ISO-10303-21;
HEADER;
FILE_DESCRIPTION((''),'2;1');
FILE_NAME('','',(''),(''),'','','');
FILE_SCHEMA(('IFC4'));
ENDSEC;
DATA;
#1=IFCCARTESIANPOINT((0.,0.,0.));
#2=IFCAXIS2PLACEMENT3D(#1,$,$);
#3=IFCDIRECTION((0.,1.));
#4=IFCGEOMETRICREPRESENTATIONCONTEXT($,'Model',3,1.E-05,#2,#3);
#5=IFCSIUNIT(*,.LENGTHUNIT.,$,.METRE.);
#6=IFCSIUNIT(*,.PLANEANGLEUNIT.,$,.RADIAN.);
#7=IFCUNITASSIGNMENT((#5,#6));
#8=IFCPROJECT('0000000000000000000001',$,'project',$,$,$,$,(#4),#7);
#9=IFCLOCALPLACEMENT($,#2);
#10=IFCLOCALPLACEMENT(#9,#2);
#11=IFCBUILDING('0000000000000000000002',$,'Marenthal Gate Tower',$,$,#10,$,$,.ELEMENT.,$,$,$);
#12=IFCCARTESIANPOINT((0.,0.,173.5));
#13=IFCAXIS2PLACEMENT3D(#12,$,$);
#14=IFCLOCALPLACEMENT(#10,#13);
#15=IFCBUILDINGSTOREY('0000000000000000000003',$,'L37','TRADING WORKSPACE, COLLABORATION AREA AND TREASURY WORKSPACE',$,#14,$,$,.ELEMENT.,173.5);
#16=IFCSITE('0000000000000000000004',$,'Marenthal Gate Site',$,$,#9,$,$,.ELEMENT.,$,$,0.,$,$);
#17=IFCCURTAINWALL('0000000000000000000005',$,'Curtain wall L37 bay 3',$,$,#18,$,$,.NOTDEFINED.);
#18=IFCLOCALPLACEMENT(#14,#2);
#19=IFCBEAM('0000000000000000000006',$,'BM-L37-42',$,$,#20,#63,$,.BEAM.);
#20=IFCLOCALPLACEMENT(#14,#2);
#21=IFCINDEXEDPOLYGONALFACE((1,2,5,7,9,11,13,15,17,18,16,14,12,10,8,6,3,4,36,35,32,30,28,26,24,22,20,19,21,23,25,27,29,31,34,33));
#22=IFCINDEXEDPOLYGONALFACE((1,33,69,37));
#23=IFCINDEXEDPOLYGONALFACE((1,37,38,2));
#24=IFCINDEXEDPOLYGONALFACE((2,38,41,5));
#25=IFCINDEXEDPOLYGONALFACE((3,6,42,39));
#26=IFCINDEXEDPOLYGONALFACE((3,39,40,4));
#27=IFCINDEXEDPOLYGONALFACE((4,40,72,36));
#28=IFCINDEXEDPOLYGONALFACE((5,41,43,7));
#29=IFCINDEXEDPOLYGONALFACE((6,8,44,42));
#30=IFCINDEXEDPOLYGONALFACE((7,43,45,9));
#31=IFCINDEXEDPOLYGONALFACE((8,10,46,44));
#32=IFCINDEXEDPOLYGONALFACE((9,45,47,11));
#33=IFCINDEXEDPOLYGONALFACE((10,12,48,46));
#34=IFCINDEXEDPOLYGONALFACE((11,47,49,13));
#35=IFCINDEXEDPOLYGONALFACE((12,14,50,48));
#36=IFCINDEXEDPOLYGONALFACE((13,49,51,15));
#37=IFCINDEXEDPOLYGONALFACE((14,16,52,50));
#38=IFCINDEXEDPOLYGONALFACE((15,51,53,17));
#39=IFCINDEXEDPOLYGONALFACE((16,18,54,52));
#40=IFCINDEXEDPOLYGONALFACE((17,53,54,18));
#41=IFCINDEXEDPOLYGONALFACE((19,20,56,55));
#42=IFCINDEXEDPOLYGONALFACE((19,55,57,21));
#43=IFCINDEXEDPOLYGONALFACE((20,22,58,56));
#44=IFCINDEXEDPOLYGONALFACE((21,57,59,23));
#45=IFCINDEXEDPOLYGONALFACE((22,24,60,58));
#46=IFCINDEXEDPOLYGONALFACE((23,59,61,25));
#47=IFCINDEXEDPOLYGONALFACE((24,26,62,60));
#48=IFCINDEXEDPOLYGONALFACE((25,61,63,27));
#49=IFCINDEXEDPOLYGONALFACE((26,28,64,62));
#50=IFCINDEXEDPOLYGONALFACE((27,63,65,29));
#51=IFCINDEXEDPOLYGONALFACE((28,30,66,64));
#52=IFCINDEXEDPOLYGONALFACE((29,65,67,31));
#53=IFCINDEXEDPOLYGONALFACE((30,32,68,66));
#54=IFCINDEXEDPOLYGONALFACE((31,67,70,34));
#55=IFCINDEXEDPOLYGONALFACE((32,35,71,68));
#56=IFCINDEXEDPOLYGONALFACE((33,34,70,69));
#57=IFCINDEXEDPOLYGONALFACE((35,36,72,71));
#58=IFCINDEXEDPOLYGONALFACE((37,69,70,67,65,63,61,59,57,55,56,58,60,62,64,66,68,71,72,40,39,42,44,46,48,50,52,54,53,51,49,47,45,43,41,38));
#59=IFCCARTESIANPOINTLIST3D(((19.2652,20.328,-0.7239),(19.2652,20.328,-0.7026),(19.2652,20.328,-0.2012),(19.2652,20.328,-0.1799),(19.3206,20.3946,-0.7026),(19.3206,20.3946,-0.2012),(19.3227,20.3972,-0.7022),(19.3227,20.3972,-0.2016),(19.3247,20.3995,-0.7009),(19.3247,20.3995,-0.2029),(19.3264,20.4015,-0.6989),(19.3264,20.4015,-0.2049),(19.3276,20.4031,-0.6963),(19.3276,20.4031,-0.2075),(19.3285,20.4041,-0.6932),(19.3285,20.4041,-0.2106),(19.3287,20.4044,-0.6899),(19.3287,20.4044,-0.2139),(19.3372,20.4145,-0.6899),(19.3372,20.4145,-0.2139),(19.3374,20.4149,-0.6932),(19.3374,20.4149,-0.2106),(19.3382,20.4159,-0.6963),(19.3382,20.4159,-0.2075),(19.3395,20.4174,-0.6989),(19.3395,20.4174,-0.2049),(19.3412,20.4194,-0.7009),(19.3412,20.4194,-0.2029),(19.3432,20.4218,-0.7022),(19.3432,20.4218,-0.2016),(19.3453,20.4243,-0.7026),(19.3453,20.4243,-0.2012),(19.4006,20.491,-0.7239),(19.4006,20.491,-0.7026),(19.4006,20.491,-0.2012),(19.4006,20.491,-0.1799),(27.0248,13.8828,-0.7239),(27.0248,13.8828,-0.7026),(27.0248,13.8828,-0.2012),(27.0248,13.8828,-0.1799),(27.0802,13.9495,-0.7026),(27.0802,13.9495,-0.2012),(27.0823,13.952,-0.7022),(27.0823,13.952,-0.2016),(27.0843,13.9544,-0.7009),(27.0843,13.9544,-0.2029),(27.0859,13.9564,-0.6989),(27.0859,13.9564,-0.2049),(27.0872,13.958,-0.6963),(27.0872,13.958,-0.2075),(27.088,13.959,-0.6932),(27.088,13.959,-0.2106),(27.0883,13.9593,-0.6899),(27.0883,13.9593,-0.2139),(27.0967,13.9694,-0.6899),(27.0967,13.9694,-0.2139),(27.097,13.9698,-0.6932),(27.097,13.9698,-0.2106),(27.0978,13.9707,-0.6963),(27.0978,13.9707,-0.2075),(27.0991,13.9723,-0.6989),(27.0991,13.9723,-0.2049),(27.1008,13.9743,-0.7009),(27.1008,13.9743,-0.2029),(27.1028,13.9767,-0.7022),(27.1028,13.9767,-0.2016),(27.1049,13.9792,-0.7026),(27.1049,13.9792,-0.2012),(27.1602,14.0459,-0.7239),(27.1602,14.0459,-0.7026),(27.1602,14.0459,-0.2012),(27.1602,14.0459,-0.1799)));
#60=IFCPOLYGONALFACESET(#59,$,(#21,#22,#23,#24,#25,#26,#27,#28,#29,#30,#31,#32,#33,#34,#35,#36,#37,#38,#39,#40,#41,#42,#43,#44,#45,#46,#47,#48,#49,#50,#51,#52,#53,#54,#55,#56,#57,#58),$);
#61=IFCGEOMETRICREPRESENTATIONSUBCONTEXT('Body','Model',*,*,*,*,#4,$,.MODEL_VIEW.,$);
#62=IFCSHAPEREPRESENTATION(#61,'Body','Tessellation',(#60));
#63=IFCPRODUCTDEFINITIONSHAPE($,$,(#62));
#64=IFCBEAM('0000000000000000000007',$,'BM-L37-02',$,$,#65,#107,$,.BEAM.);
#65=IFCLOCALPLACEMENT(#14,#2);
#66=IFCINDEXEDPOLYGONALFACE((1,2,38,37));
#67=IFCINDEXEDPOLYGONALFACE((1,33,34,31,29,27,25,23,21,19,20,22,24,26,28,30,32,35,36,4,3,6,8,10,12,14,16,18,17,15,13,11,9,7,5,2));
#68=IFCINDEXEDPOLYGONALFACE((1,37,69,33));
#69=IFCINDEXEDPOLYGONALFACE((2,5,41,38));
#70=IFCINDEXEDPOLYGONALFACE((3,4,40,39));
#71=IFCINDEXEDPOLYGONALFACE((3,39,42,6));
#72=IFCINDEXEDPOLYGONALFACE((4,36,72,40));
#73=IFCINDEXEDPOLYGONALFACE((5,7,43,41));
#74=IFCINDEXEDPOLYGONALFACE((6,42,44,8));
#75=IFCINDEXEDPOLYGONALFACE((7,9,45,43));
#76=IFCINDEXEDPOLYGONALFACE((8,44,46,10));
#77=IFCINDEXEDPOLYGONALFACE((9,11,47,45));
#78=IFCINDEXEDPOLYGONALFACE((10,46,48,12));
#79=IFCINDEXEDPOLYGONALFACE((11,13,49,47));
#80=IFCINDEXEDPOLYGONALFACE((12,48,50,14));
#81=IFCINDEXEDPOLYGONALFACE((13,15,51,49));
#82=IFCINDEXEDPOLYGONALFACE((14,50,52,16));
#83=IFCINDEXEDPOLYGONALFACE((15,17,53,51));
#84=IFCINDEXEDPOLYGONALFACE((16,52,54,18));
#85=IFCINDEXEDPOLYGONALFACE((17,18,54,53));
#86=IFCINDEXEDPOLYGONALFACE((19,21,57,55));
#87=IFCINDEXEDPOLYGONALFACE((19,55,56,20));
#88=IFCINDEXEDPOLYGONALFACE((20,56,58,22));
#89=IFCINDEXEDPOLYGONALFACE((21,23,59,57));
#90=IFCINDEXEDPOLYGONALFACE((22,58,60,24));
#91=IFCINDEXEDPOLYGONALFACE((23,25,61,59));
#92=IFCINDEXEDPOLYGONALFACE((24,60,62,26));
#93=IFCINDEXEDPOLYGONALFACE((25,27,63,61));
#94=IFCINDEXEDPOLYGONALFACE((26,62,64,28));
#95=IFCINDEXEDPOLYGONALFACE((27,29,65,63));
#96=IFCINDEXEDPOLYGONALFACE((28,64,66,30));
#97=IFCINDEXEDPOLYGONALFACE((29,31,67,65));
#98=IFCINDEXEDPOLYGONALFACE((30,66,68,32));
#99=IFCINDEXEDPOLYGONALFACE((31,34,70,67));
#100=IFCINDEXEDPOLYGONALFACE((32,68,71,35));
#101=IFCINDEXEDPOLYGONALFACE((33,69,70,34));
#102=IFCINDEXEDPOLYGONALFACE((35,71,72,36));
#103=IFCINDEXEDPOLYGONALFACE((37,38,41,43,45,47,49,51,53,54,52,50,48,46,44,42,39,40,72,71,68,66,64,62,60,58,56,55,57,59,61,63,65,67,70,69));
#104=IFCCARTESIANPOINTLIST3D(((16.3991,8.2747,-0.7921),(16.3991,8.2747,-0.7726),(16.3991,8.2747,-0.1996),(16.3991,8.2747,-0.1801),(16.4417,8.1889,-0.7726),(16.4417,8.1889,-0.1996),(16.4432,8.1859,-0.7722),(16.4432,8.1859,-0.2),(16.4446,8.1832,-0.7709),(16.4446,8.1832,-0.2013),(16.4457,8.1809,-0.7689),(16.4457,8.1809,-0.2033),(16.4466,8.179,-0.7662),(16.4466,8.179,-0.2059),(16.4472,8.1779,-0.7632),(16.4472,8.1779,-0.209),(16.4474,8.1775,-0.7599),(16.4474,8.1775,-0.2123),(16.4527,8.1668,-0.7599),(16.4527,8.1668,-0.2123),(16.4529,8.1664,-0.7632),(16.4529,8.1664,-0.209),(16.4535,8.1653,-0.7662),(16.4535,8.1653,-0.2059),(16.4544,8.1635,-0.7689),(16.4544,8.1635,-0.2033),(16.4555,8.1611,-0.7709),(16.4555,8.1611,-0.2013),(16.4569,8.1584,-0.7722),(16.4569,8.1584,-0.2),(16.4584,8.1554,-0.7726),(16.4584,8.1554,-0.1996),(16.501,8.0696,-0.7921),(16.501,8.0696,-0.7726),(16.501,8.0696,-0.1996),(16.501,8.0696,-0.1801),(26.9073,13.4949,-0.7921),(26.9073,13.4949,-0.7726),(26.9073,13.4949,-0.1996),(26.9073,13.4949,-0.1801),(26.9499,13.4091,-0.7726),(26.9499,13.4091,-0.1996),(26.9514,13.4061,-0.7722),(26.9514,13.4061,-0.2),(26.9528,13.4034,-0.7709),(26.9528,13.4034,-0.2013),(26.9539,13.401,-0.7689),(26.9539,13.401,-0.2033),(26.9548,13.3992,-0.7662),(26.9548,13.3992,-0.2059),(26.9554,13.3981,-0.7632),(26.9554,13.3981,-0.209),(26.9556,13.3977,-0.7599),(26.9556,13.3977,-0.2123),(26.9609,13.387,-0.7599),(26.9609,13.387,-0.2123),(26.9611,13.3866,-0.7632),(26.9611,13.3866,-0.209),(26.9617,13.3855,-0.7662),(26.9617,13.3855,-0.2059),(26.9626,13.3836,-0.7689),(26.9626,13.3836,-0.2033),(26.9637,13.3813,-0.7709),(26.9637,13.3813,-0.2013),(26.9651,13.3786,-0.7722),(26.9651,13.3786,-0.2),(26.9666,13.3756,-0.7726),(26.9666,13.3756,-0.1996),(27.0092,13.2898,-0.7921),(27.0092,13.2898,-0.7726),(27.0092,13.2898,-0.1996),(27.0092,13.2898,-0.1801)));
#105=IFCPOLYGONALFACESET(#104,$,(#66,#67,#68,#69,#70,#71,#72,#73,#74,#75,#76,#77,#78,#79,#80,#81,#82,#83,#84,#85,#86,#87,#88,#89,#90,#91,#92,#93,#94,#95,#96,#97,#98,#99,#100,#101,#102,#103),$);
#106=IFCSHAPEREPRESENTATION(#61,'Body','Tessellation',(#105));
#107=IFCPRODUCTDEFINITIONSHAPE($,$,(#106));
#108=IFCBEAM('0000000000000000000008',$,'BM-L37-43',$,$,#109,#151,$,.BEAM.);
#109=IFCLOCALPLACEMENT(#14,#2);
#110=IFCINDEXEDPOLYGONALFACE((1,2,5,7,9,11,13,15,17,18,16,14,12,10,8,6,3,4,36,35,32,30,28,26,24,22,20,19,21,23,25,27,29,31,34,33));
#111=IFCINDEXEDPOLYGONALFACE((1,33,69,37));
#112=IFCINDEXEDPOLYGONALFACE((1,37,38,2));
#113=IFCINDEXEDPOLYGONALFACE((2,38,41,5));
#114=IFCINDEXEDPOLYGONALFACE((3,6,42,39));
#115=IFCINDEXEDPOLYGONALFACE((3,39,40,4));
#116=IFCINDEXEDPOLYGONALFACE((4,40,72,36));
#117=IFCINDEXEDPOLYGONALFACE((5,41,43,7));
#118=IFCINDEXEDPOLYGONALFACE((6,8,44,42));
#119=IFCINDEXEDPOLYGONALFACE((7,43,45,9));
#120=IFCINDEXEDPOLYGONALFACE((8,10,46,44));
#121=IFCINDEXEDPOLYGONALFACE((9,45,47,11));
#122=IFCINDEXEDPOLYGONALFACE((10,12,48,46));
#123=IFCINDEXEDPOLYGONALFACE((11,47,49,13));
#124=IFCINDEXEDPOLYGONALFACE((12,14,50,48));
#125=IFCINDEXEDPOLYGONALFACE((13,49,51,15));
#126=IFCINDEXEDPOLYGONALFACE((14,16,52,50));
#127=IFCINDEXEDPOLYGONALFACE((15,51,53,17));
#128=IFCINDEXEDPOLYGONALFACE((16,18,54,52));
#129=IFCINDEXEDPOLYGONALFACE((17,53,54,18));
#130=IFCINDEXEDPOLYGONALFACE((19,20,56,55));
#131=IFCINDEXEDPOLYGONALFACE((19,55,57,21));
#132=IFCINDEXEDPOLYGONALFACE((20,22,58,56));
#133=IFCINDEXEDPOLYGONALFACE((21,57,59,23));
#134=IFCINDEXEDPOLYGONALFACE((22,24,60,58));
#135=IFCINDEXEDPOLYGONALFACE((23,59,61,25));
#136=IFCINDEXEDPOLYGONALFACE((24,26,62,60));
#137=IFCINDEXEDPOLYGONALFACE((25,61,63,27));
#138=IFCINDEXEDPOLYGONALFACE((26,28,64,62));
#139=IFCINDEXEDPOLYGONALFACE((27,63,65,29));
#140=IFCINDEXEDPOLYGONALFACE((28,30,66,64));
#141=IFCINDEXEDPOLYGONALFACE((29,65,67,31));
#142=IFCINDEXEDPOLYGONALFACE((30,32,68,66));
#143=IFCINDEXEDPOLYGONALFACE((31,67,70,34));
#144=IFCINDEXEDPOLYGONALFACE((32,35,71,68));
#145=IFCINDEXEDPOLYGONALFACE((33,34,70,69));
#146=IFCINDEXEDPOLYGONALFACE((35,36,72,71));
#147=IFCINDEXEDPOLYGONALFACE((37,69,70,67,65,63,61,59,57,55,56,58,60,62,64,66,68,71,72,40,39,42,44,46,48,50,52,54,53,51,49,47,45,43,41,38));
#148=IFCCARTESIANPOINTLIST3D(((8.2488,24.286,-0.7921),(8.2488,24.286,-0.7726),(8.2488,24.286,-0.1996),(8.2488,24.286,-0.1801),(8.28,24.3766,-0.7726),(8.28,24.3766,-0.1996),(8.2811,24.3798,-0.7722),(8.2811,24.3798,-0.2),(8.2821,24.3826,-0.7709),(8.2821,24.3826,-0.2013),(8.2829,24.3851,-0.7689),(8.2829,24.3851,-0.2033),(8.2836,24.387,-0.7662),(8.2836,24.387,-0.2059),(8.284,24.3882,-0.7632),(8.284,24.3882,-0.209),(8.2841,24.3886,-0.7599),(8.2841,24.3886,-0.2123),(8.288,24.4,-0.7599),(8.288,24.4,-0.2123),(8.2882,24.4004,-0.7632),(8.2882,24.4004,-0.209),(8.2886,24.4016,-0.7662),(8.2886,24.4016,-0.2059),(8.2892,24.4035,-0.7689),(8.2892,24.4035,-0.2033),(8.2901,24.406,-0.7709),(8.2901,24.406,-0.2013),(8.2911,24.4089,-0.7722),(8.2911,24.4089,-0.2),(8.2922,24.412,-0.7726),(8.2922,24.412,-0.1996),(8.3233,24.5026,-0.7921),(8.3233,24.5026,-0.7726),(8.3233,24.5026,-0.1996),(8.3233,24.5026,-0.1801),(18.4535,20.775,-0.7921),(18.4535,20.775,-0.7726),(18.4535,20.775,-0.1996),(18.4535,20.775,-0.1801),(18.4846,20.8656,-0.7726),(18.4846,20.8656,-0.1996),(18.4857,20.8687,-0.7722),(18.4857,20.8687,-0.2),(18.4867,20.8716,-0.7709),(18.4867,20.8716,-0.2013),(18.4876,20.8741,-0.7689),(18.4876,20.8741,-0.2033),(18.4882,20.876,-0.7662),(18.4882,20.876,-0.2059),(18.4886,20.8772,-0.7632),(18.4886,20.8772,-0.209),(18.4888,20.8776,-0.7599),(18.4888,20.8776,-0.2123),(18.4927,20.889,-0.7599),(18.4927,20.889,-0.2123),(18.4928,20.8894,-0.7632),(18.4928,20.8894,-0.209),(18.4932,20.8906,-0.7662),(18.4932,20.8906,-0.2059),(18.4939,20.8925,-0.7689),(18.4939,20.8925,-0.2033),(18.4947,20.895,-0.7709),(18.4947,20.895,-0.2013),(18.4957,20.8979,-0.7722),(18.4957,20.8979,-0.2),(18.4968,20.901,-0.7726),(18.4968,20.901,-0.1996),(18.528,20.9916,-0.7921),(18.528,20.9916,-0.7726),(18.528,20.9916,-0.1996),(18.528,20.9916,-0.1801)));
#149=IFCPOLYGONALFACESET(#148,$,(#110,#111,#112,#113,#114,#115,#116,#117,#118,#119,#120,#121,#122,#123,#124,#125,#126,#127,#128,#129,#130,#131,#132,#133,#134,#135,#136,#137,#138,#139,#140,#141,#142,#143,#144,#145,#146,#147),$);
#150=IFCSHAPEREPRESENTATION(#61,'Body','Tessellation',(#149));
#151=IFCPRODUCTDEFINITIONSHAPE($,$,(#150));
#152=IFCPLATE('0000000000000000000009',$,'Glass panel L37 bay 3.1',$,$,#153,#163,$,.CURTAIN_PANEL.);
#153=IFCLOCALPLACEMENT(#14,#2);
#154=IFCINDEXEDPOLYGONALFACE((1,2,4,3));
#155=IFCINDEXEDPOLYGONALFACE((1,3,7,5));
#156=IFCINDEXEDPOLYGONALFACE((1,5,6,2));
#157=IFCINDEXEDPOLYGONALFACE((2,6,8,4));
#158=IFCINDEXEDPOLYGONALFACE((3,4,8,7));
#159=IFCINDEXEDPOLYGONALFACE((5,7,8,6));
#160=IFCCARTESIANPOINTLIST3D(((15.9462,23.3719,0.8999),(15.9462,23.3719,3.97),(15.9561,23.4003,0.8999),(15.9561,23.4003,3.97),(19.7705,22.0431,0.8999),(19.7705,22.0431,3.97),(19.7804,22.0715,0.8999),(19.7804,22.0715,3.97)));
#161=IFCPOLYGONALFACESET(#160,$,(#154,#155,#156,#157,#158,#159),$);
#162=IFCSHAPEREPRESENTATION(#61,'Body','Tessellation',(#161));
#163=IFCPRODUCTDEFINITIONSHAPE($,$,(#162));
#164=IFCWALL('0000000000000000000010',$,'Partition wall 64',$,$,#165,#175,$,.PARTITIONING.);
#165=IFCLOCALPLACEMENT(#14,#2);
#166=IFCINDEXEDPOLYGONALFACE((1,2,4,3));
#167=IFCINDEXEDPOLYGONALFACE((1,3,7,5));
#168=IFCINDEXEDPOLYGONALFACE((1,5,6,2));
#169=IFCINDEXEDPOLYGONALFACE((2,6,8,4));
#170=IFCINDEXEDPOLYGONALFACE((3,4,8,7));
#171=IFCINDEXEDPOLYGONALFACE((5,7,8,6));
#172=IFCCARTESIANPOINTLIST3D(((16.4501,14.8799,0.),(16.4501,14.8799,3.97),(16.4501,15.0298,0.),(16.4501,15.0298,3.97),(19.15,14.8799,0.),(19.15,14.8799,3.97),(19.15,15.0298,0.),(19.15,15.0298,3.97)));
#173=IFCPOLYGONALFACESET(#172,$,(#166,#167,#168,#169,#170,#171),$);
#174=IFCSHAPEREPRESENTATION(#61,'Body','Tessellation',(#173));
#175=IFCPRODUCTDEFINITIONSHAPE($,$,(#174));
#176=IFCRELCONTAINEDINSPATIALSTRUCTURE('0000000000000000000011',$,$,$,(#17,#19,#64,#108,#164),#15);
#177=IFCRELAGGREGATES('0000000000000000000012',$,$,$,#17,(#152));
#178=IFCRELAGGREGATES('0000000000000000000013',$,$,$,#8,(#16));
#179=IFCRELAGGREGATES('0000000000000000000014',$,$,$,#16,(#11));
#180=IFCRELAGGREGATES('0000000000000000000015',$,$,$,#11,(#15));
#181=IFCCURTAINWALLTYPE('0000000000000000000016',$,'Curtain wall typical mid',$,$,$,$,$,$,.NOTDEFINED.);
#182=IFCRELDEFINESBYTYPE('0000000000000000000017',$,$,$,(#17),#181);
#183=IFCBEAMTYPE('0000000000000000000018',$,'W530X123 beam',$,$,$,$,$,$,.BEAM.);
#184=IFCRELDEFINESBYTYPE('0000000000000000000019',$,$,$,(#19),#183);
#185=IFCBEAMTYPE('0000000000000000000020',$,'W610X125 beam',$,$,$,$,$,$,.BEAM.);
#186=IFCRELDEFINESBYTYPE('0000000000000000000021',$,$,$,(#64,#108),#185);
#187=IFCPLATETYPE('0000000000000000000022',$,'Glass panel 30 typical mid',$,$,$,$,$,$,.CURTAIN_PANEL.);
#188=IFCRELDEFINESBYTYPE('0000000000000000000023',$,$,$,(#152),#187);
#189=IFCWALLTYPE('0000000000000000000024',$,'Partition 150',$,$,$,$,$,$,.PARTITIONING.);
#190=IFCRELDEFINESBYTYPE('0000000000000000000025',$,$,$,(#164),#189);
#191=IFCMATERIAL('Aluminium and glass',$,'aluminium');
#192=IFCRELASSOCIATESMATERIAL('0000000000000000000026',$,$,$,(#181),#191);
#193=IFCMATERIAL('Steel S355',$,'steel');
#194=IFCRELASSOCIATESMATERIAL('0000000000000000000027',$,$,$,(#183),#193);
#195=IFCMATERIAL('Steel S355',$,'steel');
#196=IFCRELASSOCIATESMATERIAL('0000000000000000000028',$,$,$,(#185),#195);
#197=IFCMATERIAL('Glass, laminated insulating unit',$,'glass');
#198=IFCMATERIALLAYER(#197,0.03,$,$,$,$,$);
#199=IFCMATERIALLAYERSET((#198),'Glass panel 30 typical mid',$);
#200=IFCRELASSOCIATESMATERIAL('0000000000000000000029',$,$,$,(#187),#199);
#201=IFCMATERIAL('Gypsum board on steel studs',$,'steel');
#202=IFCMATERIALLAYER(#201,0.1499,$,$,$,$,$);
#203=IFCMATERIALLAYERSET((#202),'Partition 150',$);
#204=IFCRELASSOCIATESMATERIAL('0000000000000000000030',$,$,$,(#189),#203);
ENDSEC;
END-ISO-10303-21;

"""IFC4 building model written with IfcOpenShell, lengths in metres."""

from ifc_helpers import new_model, si_unit, direction, frame, frame_2d, origin, origin_2d, place, context, subcontext, project, spatial, rectangle, i_section, extrude, material, layer, layer_set, material_profile, profile_set, type_object, element, aggregate, save


model = new_model("IFC4")

# Units and contexts
model_context = context("Model", 3, precision=1e-05, world=origin(), true_north=direction((0.0, 1.0)))
body_context = subcontext(model_context, "Body", "Model", "MODEL_VIEW")
ifc_project = project(units=[si_unit("LENGTHUNIT", "METRE"), si_unit("PLANEANGLEUNIT", "RADIAN")], contexts=[model_context])

# Site, building, storey
site_placement = place(None, origin())
site = spatial("IfcSite", under=ifc_project, at=site_placement, Name="Marenthal Gate Site", CompositionType="ELEMENT", RefElevation=0.0)
building_placement = place(site_placement, origin())
building = spatial("IfcBuilding", under=site, at=building_placement, Name="Marenthal Gate Tower", CompositionType="ELEMENT")
storey_placement = place(building_placement, frame((0.0, 0.0, 173.5)))
storey = spatial("IfcBuildingStorey", under=building, at=storey_placement, Name="L37", Description="TRADING WORKSPACE, COLLABORATION AREA AND TREASURY WORKSPACE", CompositionType="ELEMENT", Elevation=173.5)

# Shared definitions
ifc_material_1 = material(Name="Aluminium and glass", Category="aluminium")
curtain_wall_type = type_object("IfcCurtainWallType", Name="Curtain wall typical mid", PredefinedType="NOTDEFINED", material=ifc_material_1)

# Curtain wall
curtain_wall_1_placement = place(storey_placement, origin())
curtain_wall_1 = element("IfcCurtainWall", 1, at=curtain_wall_1_placement, inside=storey, type_object=curtain_wall_type, Name="Curtain wall L37 bay 3", PredefinedType="NOTDEFINED")

# Beams
ifc_material_2 = material(Name="Steel S355", Category="steel")
ifc_material_profile_1 = material_profile(ifc_material_2, i_section(OverallWidth=0.2119, OverallDepth=0.5439, WebThickness=0.0132, FlangeThickness=0.0212, FilletRadius=0.0127, at=origin_2d()), Name="W530X123")
ifc_profile_set_1 = profile_set([ifc_material_profile_1], Name="Steel S355")
beam_type_1 = type_object("IfcBeamType", Name="W530X123 beam", PredefinedType="BEAM", material=ifc_profile_set_1)
beam_1_placement = place(storey_placement, frame((27.0925, 13.9644, -0.4519), z_axis=(-0.769254, 0.638943, 0.0), x_axis=(-0.638943, -0.769254, 0.0)))
element("IfcBeam", 2, at=beam_1_placement, inside=storey, type_object=beam_type_1, Name="BM-L37-42", PredefinedType="BEAM", context=body_context, shape_type="SweptSolid", body=[
    extrude(i_section(OverallWidth=0.2119, OverallDepth=0.5439, WebThickness=0.0132, FlangeThickness=0.0212, FilletRadius=0.0127, at=origin_2d()), origin(), (0.0, 0.0, 1.0), 10.0872),
])
ifc_material_3 = material(Name="Steel S355", Category="steel")
ifc_material_profile_2 = material_profile(ifc_material_3, i_section(OverallWidth=0.229, OverallDepth=0.6121, WebThickness=0.012, FlangeThickness=0.0195, FilletRadius=0.0127, at=origin_2d()), Name="W610X125")
ifc_profile_set_2 = profile_set([ifc_material_profile_2], Name="Steel S355")
beam_type_2 = type_object("IfcBeamType", Name="W610X125 beam", PredefinedType="BEAM", material=ifc_profile_set_2)
beam_2_placement = place(storey_placement, frame((26.9583, 13.3923, -0.4861), z_axis=(-0.895581, -0.444898, 0.0), x_axis=(0.444898, -0.895581, 0.0)))
element("IfcBeam", 3, at=beam_2_placement, inside=storey, type_object=beam_type_2, Name="BM-L37-02", PredefinedType="BEAM", context=body_context, shape_type="SweptSolid", body=[
    extrude(i_section(OverallWidth=0.229, OverallDepth=0.6121, WebThickness=0.012, FlangeThickness=0.0195, FilletRadius=0.0127, at=origin_2d()), origin(), (0.0, 0.0, 1.0), 11.7334),
])
beam_3_placement = place(storey_placement, frame((18.4907, 20.8833, -0.4861), z_axis=(-0.945597, 0.325342, 0.0), x_axis=(-0.325342, -0.945597, 0.0)))
element("IfcBeam", 4, at=beam_3_placement, inside=storey, type_object=beam_type_2, Name="BM-L37-43", PredefinedType="BEAM", context=body_context, shape_type="SweptSolid", body=[
    extrude(i_section(OverallWidth=0.229, OverallDepth=0.6121, WebThickness=0.012, FlangeThickness=0.0195, FilletRadius=0.0127, at=origin_2d()), origin(), (0.0, 0.0, 1.0), 10.7917),
])

# Plate
ifc_material_4 = material(Name="Glass, laminated insulating unit", Category="glass")
ifc_layer_1 = layer(ifc_material_4, 0.03)
ifc_layer_set_1 = layer_set([ifc_layer_1], Name="Glass panel 30 typical mid")
plate_type = type_object("IfcPlateType", Name="Glass panel 30 typical mid", PredefinedType="CURTAIN_PANEL", material=ifc_layer_set_1)
plate_placement = place(storey_placement, frame((17.8633, 22.7217, 0.8999), z_axis=(0.0, 0.0, 1.0), x_axis=(-0.944604, 0.328211, 0.0)))
plate = element("IfcPlate", 5, at=plate_placement, type_object=plate_type, Name="Glass panel L37 bay 3.1", PredefinedType="CURTAIN_PANEL", context=body_context, shape_type="SweptSolid", body=[
    extrude(rectangle(XDim=4.0486, YDim=0.03, at=origin_2d()), origin(), (0.0, 0.0, 1.0), 3.0701),
])
aggregate(curtain_wall_1, [plate])

# Wall
ifc_material_5 = material(Name="Gypsum board on steel studs", Category="steel")
ifc_layer_2 = layer(ifc_material_5, 0.1499)
ifc_layer_set_2 = layer_set([ifc_layer_2], Name="Partition 150")
wall_type_1 = type_object("IfcWallType", Name="Partition 150", PredefinedType="PARTITIONING", material=ifc_layer_set_2)
wall_1_placement = place(storey_placement, frame((16.45, 14.9548, 0.0), z_axis=(0.0, 0.0, 1.0), x_axis=(1.0, 0.0, 0.0)))
element("IfcWall", 6, at=wall_1_placement, inside=storey, type_object=wall_type_1, Name="Partition wall 64", PredefinedType="PARTITIONING", context=body_context, shape_type="SweptSolid", body=[
    extrude(rectangle(XDim=2.7, YDim=0.1499, at=frame_2d((1.3501, 0.0))), origin(), (0.0, 0.0, 1.0), 3.97),
])

save(model, "model.ifc")
